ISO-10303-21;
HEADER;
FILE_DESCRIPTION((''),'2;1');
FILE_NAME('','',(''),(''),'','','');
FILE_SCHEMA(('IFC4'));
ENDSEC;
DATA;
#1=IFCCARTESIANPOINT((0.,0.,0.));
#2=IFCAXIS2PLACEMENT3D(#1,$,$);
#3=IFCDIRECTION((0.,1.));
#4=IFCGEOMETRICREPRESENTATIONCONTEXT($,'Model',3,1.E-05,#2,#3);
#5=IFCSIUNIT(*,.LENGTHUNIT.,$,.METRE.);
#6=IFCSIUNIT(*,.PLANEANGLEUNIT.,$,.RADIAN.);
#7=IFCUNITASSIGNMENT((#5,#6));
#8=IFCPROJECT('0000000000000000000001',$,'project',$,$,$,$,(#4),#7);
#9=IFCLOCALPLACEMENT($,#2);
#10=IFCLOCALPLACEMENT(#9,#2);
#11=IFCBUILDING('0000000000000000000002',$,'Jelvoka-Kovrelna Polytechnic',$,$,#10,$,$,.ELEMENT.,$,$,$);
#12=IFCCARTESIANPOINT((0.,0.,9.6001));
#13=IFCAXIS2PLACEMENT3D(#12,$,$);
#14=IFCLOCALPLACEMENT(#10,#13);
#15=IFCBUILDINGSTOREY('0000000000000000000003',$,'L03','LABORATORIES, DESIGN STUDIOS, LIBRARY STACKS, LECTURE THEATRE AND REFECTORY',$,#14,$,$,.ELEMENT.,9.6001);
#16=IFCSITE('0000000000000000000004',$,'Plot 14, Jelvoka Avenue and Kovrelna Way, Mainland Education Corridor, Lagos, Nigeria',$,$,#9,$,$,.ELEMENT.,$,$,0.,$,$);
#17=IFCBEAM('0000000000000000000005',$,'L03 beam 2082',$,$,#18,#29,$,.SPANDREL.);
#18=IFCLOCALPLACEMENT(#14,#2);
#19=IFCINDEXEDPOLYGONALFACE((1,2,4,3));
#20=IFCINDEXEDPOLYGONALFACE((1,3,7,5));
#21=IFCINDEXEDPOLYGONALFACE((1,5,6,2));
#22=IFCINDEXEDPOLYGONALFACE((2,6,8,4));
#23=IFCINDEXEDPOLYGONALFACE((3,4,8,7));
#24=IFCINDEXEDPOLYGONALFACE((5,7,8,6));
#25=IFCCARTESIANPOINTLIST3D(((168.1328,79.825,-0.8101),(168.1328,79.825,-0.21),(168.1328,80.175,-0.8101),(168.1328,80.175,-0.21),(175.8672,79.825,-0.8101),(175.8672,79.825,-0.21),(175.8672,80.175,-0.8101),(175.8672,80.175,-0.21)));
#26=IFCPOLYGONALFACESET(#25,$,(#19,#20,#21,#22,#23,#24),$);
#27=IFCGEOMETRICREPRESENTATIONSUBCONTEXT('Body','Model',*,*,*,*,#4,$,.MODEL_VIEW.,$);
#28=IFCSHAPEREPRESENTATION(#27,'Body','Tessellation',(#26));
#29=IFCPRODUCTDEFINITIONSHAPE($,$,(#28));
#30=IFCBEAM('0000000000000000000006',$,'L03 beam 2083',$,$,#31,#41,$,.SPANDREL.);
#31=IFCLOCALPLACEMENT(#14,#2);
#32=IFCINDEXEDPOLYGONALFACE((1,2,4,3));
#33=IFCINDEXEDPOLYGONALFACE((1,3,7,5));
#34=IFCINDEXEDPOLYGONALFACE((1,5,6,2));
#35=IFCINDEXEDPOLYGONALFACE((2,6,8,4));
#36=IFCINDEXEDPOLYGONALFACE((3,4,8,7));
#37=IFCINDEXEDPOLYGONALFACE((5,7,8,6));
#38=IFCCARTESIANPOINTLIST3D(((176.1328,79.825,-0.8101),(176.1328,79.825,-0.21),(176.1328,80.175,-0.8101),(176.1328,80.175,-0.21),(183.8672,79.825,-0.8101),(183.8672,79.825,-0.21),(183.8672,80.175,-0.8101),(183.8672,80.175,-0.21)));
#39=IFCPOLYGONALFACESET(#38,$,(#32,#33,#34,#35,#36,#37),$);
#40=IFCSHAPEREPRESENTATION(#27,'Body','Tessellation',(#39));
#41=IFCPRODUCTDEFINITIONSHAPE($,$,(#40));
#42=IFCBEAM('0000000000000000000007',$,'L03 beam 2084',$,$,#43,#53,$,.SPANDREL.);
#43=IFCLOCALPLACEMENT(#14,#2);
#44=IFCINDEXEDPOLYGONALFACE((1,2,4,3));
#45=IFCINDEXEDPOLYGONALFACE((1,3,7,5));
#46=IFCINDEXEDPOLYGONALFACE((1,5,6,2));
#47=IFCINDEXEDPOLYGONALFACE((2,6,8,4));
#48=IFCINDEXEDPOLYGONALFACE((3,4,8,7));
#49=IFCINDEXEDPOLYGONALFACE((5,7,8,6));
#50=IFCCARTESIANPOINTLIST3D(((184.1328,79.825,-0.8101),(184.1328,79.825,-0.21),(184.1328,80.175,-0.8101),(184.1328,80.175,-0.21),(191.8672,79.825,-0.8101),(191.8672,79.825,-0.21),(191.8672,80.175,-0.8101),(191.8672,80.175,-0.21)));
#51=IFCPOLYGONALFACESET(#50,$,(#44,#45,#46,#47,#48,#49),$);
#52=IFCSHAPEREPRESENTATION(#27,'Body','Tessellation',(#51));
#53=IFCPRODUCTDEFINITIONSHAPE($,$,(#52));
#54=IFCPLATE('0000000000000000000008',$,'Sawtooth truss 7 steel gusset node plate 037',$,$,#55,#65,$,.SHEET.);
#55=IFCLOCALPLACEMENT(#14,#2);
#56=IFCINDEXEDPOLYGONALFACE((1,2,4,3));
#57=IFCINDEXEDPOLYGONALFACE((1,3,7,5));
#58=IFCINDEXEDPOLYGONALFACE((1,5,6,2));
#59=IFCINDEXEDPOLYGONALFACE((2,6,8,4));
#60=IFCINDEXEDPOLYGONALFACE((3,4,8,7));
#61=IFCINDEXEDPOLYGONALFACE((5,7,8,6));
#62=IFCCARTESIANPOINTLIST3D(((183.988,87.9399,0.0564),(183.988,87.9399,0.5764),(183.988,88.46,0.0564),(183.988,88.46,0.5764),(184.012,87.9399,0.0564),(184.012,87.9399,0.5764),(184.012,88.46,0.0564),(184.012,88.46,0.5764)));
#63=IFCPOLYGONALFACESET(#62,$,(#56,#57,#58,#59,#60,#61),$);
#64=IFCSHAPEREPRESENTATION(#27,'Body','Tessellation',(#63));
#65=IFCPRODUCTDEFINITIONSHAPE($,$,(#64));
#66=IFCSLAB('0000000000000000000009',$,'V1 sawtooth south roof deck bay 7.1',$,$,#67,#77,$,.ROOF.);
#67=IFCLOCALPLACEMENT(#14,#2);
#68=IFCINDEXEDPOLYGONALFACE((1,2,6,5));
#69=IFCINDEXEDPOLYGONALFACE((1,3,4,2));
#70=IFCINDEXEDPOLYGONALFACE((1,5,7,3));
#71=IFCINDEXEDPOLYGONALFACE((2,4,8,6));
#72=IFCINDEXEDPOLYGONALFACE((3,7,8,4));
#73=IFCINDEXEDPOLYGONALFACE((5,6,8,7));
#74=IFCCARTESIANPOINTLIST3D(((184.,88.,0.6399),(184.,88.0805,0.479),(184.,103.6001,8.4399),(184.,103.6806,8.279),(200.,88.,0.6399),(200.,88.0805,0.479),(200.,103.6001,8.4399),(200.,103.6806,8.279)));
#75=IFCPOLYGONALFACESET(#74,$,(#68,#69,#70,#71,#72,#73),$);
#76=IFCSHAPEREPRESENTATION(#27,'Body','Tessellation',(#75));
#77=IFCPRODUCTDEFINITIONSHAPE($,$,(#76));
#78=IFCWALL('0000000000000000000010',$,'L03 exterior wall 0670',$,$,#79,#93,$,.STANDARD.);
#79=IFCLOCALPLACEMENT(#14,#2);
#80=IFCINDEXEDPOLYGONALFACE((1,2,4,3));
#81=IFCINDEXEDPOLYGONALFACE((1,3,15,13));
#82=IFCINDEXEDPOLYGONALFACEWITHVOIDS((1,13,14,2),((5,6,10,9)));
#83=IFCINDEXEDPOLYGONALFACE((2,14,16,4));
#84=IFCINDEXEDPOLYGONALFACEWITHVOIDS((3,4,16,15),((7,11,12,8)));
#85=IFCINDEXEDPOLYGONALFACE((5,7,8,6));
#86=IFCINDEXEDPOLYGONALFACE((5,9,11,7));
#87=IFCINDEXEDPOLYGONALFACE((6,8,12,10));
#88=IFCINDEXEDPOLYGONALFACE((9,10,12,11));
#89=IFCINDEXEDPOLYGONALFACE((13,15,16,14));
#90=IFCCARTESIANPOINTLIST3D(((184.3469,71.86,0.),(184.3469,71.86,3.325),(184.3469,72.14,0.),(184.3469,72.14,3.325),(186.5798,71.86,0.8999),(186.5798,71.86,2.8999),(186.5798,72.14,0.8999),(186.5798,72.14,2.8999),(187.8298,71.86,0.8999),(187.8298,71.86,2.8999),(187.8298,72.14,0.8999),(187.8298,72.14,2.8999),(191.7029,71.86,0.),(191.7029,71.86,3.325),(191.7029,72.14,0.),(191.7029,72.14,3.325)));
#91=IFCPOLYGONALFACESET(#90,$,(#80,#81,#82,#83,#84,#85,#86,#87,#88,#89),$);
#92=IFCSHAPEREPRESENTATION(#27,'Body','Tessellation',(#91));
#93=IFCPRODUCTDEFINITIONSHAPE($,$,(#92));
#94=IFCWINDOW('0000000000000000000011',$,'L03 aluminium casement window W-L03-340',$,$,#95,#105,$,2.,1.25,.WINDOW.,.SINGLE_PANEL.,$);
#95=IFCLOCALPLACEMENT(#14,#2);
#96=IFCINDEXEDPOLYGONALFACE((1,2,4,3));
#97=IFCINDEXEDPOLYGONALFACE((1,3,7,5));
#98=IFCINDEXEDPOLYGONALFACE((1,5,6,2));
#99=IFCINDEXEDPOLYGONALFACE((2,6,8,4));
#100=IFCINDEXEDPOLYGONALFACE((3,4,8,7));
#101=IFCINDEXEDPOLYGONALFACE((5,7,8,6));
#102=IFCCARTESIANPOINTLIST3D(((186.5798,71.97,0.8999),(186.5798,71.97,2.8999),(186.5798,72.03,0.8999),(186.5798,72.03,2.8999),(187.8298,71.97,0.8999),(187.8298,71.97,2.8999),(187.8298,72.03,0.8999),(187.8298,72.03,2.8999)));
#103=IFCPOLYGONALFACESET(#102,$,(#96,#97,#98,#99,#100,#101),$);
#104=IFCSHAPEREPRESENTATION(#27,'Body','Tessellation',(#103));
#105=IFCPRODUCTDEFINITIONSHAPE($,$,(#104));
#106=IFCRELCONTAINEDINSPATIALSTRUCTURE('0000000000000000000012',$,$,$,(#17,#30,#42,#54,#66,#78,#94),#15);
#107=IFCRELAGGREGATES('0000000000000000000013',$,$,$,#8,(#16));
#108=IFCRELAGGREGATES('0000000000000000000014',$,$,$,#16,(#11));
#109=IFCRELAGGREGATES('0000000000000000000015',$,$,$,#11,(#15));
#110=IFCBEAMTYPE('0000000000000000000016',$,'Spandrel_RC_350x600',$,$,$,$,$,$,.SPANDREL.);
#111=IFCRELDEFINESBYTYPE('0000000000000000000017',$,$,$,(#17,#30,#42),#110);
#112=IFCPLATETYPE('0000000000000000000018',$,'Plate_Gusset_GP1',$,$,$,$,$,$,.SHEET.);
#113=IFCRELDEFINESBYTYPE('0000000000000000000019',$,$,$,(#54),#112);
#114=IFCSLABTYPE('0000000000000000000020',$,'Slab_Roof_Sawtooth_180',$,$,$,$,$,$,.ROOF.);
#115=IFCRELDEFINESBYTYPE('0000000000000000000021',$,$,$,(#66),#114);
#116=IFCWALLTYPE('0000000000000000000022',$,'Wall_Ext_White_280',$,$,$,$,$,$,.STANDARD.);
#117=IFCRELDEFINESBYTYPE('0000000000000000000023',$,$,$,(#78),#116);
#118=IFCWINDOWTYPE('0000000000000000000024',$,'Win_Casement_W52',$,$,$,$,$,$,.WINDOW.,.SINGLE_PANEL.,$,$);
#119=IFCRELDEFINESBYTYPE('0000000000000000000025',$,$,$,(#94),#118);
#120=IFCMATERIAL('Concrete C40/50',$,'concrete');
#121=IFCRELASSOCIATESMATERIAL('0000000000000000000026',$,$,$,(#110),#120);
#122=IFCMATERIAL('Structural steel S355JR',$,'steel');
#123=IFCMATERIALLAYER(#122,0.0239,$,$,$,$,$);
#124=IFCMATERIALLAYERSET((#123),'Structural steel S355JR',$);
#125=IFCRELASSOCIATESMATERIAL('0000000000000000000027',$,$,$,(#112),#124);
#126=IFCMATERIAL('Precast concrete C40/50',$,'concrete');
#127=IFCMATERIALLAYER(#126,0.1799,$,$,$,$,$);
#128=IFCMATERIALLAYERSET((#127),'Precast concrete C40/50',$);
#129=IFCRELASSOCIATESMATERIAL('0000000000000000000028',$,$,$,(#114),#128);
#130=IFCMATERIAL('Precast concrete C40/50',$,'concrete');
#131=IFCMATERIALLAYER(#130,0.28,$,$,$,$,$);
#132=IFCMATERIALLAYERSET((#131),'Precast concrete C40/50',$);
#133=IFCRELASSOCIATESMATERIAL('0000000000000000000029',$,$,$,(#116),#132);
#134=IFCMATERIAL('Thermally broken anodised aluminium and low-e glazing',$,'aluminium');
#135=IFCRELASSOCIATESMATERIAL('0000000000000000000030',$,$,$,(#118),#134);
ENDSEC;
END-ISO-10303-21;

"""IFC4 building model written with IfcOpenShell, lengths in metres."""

from ifc_helpers import new_model, si_unit, direction, frame, frame_2d, origin, origin_2d, place, context, subcontext, project, spatial, polyline, rectangle, outline, extrude, material, layer, layer_set, material_profile, profile_set, type_object, element, fill, save


model = new_model("IFC4")

# Units and contexts
model_context = context("Model", 3, precision=1e-05, world=origin(), true_north=direction((0.0, 1.0)))
body_context = subcontext(model_context, "Body", "Model", "MODEL_VIEW")
ifc_project = project(units=[si_unit("LENGTHUNIT", "METRE"), si_unit("PLANEANGLEUNIT", "RADIAN")], contexts=[model_context])

# Site, building, storey
site_placement = place(None, origin())
site = spatial("IfcSite", under=ifc_project, at=site_placement, Name="Plot 14, Jelvoka Avenue and Kovrelna Way, Mainland Education Corridor, Lagos, Nigeria", CompositionType="ELEMENT", RefElevation=0.0)
building_placement = place(site_placement, origin())
building = spatial("IfcBuilding", under=site, at=building_placement, Name="Jelvoka-Kovrelna Polytechnic", CompositionType="ELEMENT")
storey_placement = place(building_placement, frame((0.0, 0.0, 9.6001)))
storey = spatial("IfcBuildingStorey", under=building, at=storey_placement, Name="L03", Description="LABORATORIES, DESIGN STUDIOS, LIBRARY STACKS, LECTURE THEATRE AND REFECTORY", CompositionType="ELEMENT", Elevation=9.6001)

# Beams
ifc_material_1 = material(Name="Concrete C40/50", Category="concrete")
ifc_material_profile_1 = material_profile(ifc_material_1, rectangle(XDim=0.3501, YDim=0.6001, at=origin_2d()), Name="RC 350x600")
ifc_profile_set_1 = profile_set([ifc_material_profile_1], Name="Concrete C40/50")
beam_type_1 = type_object("IfcBeamType", Name="Spandrel_RC_350x600", PredefinedType="SPANDREL", material=ifc_profile_set_1)
for number, where, z_axis, x_axis, name in (
    (1, (168.1328, 80.0, -0.51), (1.0, 0.0, 0.0), (0.0, 1.0, 0.0), "L03 beam 2082"),
    (2, (176.1328, 80.0, -0.51), (1.0, 0.0, 0.0), (0.0, 1.0, 0.0), "L03 beam 2083"),
    (3, (184.1328, 80.0, -0.51), (1.0, 0.0, 0.0), (0.0, 1.0, 0.0), "L03 beam 2084"),
):
    element("IfcBeam", number, at=place(storey_placement, frame(where, z_axis=z_axis, x_axis=x_axis)), inside=storey, type_object=beam_type_1, Name=name, PredefinedType="SPANDREL", context=body_context, shape_type="SweptSolid", body=[
        extrude(rectangle(XDim=0.3501, YDim=0.6001, at=origin_2d()), origin(), (0.0, 0.0, 1.0), 7.7344),
    ])

# Plate
ifc_material_2 = material(Name="Structural steel S355JR", Category="steel")
ifc_layer_1 = layer(ifc_material_2, 0.0239)
ifc_layer_set_1 = layer_set([ifc_layer_1], Name="Structural steel S355JR")
plate_type = type_object("IfcPlateType", Name="Plate_Gusset_GP1", PredefinedType="SHEET", material=ifc_layer_set_1)
plate_placement = place(storey_placement, frame((184.0, 88.2, 0.0564), z_axis=(0.0, 0.0, 1.0), x_axis=(0.0, 1.0, 0.0)))
element("IfcPlate", 4, at=plate_placement, inside=storey, type_object=plate_type, Name="Sawtooth truss 7 steel gusset node plate 037", PredefinedType="SHEET", context=body_context, shape_type="SweptSolid", body=[
    extrude(rectangle(XDim=0.52, YDim=0.0239, at=origin_2d()), origin(), (0.0, 0.0, 1.0), 0.52),
])

# Slab
ifc_material_3 = material(Name="Precast concrete C40/50", Category="concrete")
ifc_layer_2 = layer(ifc_material_3, 0.1799)
ifc_layer_set_2 = layer_set([ifc_layer_2], Name="Precast concrete C40/50")
slab_type = type_object("IfcSlabType", Name="Slab_Roof_Sawtooth_180", PredefinedType="ROOF", material=ifc_layer_set_2)
slab_placement = place(storey_placement, frame((184.0, 88.0, 0.6399), z_axis=(0.0, -0.447214, 0.894427), x_axis=(1.0, 0.0, 0.0)))
element("IfcSlab", 5, at=slab_placement, inside=storey, type_object=slab_type, Name="V1 sawtooth south roof deck bay 7.1", PredefinedType="ROOF", context=body_context, shape_type="SweptSolid", body=[
    extrude(outline(polyline([(0.0, 0.0), (16.0, 0.0), (16.0, 17.4414), (0.0, 17.4414), (0.0, 0.0)])), origin(), (0.0, 0.0, -1.0), 0.1799),
])

# Wall, opening, window
ifc_material_4 = material(Name="Precast concrete C40/50", Category="concrete")
ifc_layer_3 = layer(ifc_material_4, 0.28)
ifc_layer_set_3 = layer_set([ifc_layer_3], Name="Precast concrete C40/50")
wall_type = type_object("IfcWallType", Name="Wall_Ext_White_280", PredefinedType="STANDARD", material=ifc_layer_set_3)
wall_placement = place(storey_placement, frame((184.3469, 72.0, 0.0), z_axis=(0.0, 0.0, 1.0), x_axis=(1.0, 0.0, 0.0)))
wall = element("IfcWall", 6, at=wall_placement, inside=storey, type_object=wall_type, Name="L03 exterior wall 0670", PredefinedType="STANDARD", context=body_context, shape_type="SweptSolid", body=[
    extrude(rectangle(XDim=7.356, YDim=0.28, at=frame_2d((3.678, 0.0))), origin(), (0.0, 0.0, 1.0), 3.325),
])
opening_placement = place(wall_placement, frame((2.2329, 0.0, 0.8999)))
opening = element("IfcOpeningElement", 7, at=opening_placement, cuts=wall, PredefinedType="OPENING", context=body_context, shape_type="SweptSolid", body=[
    extrude(rectangle(XDim=1.25, YDim=2.0, at=frame_2d((0.625, 1.0))), frame((0.0, 0.1501, 0.0), z_axis=(0.0, -1.0, 0.0), x_axis=(1.0, 0.0, 0.0)), (0.0, 0.0, 1.0), 0.3),
])
ifc_material_5 = material(Name="Thermally broken anodised aluminium and low-e glazing", Category="aluminium")
window_type = type_object("IfcWindowType", Name="Win_Casement_W52", PartitioningType="SINGLE_PANEL", PredefinedType="WINDOW", material=ifc_material_5)
window_placement = place(opening_placement, origin())
window = element("IfcWindow", 8, at=window_placement, inside=storey, type_object=window_type, Name="L03 aluminium casement window W-L03-340", OverallHeight=2.0, OverallWidth=1.25, PartitioningType="SINGLE_PANEL", PredefinedType="WINDOW", context=body_context, shape_type="SweptSolid", body=[
    extrude(rectangle(XDim=1.25, YDim=2.0, at=frame_2d((0.625, 1.0))), frame((0.0, 0.03, 0.0), z_axis=(0.0, -1.0, 0.0), x_axis=(1.0, 0.0, 0.0)), (0.0, 0.0, 1.0), 0.0601),
])
fill(opening, window)

save(model, "model.ifc")
